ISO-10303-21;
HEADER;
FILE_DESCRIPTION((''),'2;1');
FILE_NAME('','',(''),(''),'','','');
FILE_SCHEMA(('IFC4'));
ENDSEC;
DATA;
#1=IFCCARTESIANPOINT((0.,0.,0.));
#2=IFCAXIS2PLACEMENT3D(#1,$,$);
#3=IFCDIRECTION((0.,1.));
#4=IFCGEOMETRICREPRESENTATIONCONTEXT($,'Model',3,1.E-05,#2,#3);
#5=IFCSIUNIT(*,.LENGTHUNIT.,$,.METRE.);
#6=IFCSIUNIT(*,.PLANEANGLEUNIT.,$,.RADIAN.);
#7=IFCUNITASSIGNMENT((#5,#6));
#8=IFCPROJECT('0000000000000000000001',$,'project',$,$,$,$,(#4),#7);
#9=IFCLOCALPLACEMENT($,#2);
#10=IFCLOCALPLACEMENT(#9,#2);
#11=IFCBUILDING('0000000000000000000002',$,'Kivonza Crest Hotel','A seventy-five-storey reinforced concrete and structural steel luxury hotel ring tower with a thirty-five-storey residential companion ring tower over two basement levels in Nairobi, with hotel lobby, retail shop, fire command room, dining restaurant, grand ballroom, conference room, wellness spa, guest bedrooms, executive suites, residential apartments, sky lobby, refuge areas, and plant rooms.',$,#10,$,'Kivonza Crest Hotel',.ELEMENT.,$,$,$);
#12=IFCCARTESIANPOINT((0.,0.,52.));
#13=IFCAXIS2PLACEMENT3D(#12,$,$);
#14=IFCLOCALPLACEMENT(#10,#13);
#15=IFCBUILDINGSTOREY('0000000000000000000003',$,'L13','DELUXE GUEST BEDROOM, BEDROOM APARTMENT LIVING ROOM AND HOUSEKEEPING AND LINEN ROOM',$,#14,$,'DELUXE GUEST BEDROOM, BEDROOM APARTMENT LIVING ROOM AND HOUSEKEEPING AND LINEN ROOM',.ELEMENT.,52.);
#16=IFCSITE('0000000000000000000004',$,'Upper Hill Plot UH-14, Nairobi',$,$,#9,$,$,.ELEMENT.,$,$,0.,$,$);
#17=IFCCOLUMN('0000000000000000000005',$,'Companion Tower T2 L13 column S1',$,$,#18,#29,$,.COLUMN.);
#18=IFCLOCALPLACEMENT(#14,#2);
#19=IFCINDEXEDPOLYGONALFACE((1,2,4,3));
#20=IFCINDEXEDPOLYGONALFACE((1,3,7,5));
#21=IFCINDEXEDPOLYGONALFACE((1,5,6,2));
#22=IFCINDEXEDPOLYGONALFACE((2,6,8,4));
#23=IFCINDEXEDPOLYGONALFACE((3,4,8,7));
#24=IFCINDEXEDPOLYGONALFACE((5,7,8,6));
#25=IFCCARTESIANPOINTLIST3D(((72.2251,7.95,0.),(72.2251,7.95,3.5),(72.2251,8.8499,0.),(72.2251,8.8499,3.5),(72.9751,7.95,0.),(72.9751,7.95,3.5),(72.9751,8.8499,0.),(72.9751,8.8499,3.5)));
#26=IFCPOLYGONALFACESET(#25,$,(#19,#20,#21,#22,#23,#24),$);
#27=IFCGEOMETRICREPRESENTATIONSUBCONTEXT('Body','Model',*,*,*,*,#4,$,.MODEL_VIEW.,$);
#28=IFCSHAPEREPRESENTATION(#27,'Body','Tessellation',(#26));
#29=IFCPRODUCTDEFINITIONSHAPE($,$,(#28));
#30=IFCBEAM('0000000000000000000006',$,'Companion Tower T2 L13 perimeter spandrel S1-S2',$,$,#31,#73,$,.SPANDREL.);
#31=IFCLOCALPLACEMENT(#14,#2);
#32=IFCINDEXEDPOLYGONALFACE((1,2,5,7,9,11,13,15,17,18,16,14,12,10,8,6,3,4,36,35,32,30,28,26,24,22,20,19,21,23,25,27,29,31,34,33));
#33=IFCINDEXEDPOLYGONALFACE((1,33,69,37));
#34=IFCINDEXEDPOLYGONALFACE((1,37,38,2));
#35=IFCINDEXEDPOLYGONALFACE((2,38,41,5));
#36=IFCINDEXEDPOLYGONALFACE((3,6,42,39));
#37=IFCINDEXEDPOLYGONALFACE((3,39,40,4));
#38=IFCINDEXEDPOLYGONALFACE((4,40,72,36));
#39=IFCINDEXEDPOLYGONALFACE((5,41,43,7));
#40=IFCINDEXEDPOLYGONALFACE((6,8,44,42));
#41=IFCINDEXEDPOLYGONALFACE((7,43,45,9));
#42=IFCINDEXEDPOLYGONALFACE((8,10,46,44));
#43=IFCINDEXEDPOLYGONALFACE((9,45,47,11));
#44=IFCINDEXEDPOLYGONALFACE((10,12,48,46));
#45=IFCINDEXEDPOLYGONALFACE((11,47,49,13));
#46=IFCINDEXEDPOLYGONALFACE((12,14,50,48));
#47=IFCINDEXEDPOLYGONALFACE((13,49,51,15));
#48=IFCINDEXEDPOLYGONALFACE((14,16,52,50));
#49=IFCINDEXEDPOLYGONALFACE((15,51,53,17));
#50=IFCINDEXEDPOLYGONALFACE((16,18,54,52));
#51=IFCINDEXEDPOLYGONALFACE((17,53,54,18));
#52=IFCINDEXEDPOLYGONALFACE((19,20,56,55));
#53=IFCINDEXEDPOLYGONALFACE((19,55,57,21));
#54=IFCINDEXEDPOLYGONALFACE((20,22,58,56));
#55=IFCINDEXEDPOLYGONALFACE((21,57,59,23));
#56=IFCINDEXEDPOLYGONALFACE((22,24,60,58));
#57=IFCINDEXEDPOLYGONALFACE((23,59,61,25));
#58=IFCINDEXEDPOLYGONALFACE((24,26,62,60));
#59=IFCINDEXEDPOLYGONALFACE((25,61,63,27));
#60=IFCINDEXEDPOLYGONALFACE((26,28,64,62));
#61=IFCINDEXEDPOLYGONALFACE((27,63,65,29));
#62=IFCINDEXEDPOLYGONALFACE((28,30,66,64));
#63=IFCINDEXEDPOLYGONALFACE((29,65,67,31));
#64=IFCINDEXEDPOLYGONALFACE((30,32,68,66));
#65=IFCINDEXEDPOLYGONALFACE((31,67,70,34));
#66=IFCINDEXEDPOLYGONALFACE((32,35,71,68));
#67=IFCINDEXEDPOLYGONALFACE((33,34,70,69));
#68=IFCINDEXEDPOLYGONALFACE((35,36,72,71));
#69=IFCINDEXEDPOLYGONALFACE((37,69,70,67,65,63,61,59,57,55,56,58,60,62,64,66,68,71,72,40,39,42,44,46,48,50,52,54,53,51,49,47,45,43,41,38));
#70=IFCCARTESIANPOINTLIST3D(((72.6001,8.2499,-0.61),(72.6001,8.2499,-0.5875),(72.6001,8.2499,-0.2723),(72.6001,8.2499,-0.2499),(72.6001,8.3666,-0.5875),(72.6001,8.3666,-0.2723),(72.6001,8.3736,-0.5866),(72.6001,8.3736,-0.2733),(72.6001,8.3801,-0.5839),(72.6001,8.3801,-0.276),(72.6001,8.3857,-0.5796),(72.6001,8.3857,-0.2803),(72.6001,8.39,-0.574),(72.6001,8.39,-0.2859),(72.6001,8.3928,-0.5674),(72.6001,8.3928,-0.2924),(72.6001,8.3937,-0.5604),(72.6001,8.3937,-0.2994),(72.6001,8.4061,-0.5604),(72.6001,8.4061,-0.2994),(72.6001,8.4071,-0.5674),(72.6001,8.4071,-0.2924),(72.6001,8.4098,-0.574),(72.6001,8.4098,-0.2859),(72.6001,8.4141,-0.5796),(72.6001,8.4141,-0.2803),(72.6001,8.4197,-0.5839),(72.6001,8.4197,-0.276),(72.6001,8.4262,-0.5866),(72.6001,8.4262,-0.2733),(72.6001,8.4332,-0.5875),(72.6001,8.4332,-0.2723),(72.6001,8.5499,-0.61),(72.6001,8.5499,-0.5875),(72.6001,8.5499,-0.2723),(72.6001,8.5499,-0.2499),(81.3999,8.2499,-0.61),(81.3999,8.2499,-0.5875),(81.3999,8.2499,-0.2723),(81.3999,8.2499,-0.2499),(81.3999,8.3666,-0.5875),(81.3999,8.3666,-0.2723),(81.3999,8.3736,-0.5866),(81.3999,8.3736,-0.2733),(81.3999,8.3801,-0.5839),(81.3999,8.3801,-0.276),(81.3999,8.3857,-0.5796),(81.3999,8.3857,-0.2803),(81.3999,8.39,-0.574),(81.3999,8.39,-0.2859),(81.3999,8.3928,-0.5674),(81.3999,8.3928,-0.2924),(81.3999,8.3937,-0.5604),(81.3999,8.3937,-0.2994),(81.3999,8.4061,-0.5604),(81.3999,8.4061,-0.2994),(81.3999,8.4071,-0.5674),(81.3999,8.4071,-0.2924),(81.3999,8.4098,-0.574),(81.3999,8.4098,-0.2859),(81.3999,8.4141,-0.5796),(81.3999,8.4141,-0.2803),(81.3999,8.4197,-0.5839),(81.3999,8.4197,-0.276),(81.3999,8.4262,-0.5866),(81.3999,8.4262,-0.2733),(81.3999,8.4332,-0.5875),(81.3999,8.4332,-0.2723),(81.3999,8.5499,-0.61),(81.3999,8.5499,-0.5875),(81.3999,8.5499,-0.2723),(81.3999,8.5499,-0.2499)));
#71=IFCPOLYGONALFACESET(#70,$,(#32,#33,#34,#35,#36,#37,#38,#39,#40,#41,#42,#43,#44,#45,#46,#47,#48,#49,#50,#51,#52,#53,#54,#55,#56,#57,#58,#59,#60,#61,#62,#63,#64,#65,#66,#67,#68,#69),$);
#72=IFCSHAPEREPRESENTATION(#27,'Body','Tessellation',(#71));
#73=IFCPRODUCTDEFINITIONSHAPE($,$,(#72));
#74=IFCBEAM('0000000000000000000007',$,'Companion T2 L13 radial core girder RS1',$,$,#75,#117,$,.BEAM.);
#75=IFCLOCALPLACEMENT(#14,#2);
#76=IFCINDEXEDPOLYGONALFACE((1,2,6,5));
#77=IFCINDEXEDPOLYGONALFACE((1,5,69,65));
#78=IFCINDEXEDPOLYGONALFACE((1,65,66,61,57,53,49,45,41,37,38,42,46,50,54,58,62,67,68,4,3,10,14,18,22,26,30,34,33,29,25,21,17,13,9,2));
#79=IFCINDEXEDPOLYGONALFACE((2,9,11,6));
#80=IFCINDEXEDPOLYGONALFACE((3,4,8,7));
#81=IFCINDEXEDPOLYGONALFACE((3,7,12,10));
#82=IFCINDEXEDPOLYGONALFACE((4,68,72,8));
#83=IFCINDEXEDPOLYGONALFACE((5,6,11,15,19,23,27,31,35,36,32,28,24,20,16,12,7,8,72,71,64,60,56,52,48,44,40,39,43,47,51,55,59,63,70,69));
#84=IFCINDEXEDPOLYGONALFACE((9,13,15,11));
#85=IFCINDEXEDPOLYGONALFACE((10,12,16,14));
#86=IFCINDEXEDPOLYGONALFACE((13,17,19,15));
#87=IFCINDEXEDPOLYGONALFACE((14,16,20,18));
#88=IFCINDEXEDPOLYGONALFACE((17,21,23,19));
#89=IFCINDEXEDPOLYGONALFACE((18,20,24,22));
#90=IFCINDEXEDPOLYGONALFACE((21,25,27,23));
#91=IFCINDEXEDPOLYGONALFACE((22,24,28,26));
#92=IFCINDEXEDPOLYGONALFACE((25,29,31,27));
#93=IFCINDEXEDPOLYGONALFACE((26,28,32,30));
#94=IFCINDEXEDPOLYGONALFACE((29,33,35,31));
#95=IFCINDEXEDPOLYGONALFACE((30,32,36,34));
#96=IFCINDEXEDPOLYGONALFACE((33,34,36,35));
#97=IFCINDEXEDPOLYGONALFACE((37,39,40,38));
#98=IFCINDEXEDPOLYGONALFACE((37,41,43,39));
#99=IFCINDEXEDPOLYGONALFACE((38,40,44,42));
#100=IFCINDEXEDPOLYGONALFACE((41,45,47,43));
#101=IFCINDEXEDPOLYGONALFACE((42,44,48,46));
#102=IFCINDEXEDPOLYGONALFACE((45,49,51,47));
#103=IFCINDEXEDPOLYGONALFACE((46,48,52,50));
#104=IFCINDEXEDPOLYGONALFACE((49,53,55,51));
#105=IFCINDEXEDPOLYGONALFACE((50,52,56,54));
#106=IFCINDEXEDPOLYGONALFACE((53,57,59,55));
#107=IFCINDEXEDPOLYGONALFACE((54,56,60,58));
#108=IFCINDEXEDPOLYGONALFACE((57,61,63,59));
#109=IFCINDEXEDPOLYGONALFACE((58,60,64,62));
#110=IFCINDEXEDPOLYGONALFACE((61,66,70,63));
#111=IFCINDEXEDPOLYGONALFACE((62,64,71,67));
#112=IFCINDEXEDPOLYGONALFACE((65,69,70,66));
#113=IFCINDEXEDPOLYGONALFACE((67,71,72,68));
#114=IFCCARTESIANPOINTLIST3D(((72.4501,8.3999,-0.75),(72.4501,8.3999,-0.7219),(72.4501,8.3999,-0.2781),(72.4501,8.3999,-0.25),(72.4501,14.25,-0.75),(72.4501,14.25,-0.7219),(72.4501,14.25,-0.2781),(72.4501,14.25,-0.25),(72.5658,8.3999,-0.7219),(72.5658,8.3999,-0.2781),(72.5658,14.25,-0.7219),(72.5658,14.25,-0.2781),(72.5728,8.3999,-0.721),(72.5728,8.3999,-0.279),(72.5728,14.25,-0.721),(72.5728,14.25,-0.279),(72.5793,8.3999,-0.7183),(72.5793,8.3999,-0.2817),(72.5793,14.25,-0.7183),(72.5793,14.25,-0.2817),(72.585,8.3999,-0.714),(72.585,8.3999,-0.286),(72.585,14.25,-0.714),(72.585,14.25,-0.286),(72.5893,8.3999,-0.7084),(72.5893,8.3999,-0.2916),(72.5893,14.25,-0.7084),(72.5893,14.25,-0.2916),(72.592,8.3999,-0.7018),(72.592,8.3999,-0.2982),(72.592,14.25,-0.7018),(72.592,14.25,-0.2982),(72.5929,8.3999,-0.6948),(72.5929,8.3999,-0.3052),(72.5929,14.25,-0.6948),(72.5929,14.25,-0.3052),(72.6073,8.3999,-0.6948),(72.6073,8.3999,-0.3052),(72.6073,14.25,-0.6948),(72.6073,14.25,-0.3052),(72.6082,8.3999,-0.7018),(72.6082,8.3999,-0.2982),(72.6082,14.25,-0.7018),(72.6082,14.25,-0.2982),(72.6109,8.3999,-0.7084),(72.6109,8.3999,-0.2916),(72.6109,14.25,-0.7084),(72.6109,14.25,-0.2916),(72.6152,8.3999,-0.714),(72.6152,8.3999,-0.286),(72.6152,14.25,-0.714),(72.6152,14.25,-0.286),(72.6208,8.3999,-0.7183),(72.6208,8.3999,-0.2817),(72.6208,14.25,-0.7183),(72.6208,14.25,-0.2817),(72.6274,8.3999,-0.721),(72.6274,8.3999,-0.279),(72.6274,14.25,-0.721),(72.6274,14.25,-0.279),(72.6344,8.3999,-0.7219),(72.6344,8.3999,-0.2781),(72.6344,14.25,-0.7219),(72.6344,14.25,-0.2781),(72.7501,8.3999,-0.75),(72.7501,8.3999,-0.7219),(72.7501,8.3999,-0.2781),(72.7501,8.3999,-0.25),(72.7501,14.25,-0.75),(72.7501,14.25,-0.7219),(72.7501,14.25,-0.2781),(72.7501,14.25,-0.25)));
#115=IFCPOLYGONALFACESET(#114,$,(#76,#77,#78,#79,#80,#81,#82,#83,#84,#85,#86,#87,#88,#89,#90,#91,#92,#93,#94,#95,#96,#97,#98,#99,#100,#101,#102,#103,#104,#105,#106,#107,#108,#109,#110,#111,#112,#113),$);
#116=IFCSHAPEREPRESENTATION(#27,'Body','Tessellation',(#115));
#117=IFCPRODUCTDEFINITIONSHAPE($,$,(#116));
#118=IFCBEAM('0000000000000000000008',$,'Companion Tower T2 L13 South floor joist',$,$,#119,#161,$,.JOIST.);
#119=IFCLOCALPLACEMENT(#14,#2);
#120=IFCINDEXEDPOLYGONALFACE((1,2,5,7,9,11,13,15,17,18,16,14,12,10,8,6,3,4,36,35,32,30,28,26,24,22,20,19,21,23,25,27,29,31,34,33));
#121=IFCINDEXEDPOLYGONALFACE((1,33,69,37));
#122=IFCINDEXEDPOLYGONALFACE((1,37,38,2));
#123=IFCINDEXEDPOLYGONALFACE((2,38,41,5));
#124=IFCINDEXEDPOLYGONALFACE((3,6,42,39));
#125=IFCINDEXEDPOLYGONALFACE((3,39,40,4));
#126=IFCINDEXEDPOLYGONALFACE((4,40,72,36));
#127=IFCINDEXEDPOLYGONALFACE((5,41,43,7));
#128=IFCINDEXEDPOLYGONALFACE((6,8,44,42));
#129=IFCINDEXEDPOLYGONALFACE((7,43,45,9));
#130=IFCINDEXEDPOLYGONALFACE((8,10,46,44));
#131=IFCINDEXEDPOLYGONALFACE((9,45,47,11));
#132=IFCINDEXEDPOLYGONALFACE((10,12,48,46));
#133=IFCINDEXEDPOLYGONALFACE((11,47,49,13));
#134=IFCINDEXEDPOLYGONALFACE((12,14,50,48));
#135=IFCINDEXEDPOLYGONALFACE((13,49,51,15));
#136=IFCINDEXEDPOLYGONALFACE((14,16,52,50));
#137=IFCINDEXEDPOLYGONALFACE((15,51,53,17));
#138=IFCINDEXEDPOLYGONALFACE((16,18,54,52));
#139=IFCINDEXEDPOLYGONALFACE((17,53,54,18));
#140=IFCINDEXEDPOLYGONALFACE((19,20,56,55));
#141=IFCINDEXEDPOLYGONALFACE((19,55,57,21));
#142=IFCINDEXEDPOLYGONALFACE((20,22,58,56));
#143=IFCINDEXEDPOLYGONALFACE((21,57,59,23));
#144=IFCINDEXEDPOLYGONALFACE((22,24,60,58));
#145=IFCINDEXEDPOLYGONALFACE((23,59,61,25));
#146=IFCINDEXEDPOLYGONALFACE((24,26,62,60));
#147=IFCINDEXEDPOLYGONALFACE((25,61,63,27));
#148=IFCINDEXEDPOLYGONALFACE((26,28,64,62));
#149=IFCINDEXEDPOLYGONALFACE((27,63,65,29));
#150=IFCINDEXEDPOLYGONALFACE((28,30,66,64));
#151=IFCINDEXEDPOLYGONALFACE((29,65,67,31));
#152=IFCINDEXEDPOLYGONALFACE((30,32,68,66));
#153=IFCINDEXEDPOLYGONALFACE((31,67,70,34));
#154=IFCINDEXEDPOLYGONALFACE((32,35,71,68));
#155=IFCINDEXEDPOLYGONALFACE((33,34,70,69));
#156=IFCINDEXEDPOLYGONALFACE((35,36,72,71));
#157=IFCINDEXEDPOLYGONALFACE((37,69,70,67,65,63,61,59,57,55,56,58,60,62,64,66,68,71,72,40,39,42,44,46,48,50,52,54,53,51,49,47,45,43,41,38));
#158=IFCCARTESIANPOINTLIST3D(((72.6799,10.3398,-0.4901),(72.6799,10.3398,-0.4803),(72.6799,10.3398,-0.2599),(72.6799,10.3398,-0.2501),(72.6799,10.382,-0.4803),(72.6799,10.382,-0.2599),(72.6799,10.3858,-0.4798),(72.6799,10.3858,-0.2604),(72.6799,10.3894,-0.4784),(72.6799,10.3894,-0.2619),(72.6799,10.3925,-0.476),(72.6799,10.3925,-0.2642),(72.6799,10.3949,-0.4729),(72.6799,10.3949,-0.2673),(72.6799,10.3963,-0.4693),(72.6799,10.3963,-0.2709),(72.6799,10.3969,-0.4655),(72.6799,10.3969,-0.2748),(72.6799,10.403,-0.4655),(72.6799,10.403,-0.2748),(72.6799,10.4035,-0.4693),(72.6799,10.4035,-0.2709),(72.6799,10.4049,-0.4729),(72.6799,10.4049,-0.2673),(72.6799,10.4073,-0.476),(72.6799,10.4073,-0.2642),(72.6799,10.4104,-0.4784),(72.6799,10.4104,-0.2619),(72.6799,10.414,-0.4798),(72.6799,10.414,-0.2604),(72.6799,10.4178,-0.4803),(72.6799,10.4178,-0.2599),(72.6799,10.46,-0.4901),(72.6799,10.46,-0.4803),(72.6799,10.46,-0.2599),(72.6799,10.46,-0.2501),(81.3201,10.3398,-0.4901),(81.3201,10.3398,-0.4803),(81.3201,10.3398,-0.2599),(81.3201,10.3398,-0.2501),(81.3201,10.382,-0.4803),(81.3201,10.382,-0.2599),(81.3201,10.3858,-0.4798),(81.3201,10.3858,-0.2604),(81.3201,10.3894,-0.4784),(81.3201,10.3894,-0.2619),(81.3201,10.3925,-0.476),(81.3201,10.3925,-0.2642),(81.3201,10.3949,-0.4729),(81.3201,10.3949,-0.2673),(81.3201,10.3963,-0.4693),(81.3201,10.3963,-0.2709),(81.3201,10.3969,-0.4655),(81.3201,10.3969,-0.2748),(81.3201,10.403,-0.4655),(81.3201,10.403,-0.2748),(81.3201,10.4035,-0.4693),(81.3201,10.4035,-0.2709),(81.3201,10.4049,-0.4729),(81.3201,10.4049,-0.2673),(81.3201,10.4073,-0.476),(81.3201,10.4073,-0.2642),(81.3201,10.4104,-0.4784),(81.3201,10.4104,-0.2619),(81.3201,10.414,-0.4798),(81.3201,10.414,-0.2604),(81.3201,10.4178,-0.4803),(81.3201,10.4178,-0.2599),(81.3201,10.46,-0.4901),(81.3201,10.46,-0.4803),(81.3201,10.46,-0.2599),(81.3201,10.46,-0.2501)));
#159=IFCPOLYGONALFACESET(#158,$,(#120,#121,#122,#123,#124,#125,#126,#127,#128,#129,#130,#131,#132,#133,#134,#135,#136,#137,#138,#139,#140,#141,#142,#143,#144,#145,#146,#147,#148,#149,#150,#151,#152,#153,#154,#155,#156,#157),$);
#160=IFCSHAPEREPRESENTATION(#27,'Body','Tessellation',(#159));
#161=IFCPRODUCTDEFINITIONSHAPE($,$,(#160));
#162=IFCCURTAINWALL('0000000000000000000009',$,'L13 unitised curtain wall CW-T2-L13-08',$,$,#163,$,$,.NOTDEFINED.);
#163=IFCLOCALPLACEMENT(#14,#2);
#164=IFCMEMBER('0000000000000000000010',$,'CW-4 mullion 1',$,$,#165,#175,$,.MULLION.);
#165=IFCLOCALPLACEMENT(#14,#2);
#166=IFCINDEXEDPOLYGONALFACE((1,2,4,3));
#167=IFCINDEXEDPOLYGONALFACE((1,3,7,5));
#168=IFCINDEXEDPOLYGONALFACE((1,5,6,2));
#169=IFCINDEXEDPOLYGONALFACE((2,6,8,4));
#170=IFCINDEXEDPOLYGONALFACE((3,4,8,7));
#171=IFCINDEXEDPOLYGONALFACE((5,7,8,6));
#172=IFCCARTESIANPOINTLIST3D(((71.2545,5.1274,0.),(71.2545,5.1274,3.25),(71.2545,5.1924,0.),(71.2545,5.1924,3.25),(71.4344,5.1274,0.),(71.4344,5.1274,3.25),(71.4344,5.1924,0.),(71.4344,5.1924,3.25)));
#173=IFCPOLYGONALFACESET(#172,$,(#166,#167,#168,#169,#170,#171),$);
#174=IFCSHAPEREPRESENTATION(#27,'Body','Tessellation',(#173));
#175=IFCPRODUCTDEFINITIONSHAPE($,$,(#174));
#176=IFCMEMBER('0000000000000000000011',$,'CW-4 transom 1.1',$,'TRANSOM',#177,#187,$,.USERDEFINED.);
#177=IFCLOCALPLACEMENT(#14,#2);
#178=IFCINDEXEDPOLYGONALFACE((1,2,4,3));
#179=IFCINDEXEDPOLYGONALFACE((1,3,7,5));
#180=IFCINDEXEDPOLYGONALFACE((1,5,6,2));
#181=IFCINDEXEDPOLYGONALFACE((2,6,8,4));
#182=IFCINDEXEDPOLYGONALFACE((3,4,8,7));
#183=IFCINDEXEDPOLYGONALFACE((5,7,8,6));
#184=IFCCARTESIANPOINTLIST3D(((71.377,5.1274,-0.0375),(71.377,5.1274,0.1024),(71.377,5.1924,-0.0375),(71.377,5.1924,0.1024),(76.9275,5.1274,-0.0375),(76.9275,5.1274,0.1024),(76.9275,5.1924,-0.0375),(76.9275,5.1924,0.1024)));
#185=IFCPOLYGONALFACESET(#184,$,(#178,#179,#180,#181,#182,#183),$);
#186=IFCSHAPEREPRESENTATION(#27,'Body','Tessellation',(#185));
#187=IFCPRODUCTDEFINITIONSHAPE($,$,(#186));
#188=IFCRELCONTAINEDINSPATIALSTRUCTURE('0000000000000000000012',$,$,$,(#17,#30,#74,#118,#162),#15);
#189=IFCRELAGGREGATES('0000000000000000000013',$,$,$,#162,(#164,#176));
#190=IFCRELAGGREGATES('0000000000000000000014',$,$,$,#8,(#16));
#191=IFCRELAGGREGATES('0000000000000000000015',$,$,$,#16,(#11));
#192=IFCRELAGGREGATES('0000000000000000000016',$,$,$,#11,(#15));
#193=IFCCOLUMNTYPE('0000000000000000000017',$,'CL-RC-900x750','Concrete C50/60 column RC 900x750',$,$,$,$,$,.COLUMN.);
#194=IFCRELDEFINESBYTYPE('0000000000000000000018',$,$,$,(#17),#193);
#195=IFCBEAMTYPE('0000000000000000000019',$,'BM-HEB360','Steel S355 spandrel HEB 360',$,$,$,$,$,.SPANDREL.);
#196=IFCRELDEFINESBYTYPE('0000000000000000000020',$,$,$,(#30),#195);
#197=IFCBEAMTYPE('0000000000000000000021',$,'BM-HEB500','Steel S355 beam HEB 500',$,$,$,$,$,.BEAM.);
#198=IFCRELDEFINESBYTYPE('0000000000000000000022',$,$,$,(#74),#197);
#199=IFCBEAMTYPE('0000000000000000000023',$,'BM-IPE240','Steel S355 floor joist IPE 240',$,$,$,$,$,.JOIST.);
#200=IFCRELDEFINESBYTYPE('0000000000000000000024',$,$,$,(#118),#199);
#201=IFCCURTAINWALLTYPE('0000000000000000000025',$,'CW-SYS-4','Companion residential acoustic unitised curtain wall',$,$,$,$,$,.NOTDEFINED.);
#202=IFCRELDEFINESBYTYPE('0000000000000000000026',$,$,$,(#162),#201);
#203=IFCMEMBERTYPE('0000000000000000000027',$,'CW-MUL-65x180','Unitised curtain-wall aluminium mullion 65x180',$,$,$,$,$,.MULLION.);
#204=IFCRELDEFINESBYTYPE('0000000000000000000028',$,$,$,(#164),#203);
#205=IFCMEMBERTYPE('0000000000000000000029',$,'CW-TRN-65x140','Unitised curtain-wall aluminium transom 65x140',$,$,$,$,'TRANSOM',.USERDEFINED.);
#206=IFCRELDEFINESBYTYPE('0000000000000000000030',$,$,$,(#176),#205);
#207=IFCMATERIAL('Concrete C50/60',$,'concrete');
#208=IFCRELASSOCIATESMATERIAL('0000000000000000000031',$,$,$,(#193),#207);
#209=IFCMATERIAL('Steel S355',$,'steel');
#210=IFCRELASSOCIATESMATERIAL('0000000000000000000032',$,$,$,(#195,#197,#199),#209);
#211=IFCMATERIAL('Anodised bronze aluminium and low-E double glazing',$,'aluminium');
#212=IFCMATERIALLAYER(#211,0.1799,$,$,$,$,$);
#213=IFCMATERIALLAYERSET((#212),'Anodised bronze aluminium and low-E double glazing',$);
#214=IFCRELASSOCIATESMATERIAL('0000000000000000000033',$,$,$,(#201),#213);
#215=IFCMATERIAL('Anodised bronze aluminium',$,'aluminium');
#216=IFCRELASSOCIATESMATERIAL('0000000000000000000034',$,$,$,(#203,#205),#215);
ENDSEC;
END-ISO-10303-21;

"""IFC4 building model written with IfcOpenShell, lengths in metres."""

from ifc_helpers import new_model, si_unit, direction, frame, origin, origin_2d, place, context, subcontext, project, spatial, rectangle, i_section, extrude, material, layer, layer_set, material_profile, profile_set, type_object, element, aggregate, save


model = new_model("IFC4")

# Units and contexts
model_context = context("Model", 3, precision=1e-05, world=origin(), true_north=direction((0.0, 1.0)))
body_context = subcontext(model_context, "Body", "Model", "MODEL_VIEW")
ifc_project = project(units=[si_unit("LENGTHUNIT", "METRE"), si_unit("PLANEANGLEUNIT", "RADIAN")], contexts=[model_context])

# Site, building, storey
site_placement = place(None, origin())
site = spatial("IfcSite", under=ifc_project, at=site_placement, Name="Upper Hill Plot UH-14, Nairobi", CompositionType="ELEMENT", RefElevation=0.0)
building_placement = place(site_placement, origin())
building = spatial("IfcBuilding", under=site, at=building_placement, Name="Kivonza Crest Hotel", Description="A seventy-five-storey reinforced concrete and structural steel luxury hotel ring tower with a thirty-five-storey residential companion ring tower over two basement levels in Nairobi, with hotel lobby, retail shop, fire command room, dining restaurant, grand ballroom, conference room, wellness spa, guest bedrooms, executive suites, residential apartments, sky lobby, refuge areas, and plant rooms.", LongName="Kivonza Crest Hotel", CompositionType="ELEMENT")
storey_placement = place(building_placement, frame((0.0, 0.0, 52.0)))
storey = spatial("IfcBuildingStorey", under=building, at=storey_placement, Name="L13", Description="DELUXE GUEST BEDROOM, BEDROOM APARTMENT LIVING ROOM AND HOUSEKEEPING AND LINEN ROOM", LongName="DELUXE GUEST BEDROOM, BEDROOM APARTMENT LIVING ROOM AND HOUSEKEEPING AND LINEN ROOM", CompositionType="ELEMENT", Elevation=52.0)

# Column
ifc_material_1 = material(Name="Concrete C50/60", Category="concrete")
ifc_material_profile_1 = material_profile(ifc_material_1, rectangle(XDim=0.75, YDim=0.8999, at=origin_2d()), Name="RC 900x750")
ifc_profile_set_1 = profile_set([ifc_material_profile_1], Name="Concrete C50/60")
column_type = type_object("IfcColumnType", Name="CL-RC-900x750", Description="Concrete C50/60 column RC 900x750", PredefinedType="COLUMN", material=ifc_profile_set_1)
column_placement = place(storey_placement, frame((72.6001, 8.3999, 0.0), z_axis=(0.0, 0.0, 1.0), x_axis=(1.0, 0.0, 0.0)))
element("IfcColumn", 1, at=column_placement, inside=storey, type_object=column_type, Name="Companion Tower T2 L13 column S1", PredefinedType="COLUMN", context=body_context, shape_type="SweptSolid", body=[
    extrude(rectangle(XDim=0.75, YDim=0.8999, at=origin_2d()), origin(), (0.0, 0.0, 1.0), 3.5),
])

# Beams
ifc_material_2 = material(Name="Steel S355", Category="steel")
ifc_material_profile_2 = material_profile(ifc_material_2, i_section(OverallWidth=0.3, OverallDepth=0.3601, WebThickness=0.0125, FlangeThickness=0.0225, FilletRadius=0.0271, at=origin_2d()), Name="HEB 360")
ifc_profile_set_2 = profile_set([ifc_material_profile_2], Name="Steel S355")
beam_type_1 = type_object("IfcBeamType", Name="BM-HEB360", Description="Steel S355 spandrel HEB 360", PredefinedType="SPANDREL", material=ifc_profile_set_2)
beam_1_placement = place(storey_placement, frame((72.6001, 8.3999, -0.4299), z_axis=(1.0, 0.0, 0.0), x_axis=(0.0, 1.0, 0.0)))
element("IfcBeam", 2, at=beam_1_placement, inside=storey, type_object=beam_type_1, Name="Companion Tower T2 L13 perimeter spandrel S1-S2", PredefinedType="SPANDREL", context=body_context, shape_type="SweptSolid", body=[
    extrude(i_section(OverallWidth=0.3, OverallDepth=0.3601, WebThickness=0.0125, FlangeThickness=0.0225, FilletRadius=0.0271, at=origin_2d()), origin(), (0.0, 0.0, 1.0), 8.7998),
])
ifc_material_profile_3 = material_profile(ifc_material_2, i_section(OverallWidth=0.3, OverallDepth=0.5, WebThickness=0.0144, FlangeThickness=0.0281, FilletRadius=0.0271, at=origin_2d()), Name="HEB 500")
ifc_profile_set_3 = profile_set([ifc_material_profile_3], Name="Steel S355")
beam_type_2 = type_object("IfcBeamType", Name="BM-HEB500", Description="Steel S355 beam HEB 500", PredefinedType="BEAM", material=ifc_profile_set_3)
beam_2_placement = place(storey_placement, frame((72.6001, 8.3999, -0.5), z_axis=(0.0, 1.0, 0.0), x_axis=(-1.0, 0.0, 0.0)))
element("IfcBeam", 3, at=beam_2_placement, inside=storey, type_object=beam_type_2, Name="Companion T2 L13 radial core girder RS1", PredefinedType="BEAM", context=body_context, shape_type="SweptSolid", body=[
    extrude(i_section(OverallWidth=0.3, OverallDepth=0.5, WebThickness=0.0144, FlangeThickness=0.0281, FilletRadius=0.0271, at=origin_2d()), origin(), (0.0, 0.0, 1.0), 5.8501),
])
ifc_material_profile_4 = material_profile(ifc_material_2, i_section(OverallWidth=0.1201, OverallDepth=0.24, WebThickness=0.0061, FlangeThickness=0.0098, FilletRadius=0.0149, at=origin_2d()), Name="IPE 240")
ifc_profile_set_4 = profile_set([ifc_material_profile_4], Name="Steel S355")
beam_type_3 = type_object("IfcBeamType", Name="BM-IPE240", Description="Steel S355 floor joist IPE 240", PredefinedType="JOIST", material=ifc_profile_set_4)
beam_3_placement = place(storey_placement, frame((72.6799, 10.3999, -0.3701), z_axis=(1.0, 0.0, 0.0), x_axis=(0.0, 1.0, 0.0)))
element("IfcBeam", 4, at=beam_3_placement, inside=storey, type_object=beam_type_3, Name="Companion Tower T2 L13 South floor joist", PredefinedType="JOIST", context=body_context, shape_type="SweptSolid", body=[
    extrude(i_section(OverallWidth=0.1201, OverallDepth=0.24, WebThickness=0.0061, FlangeThickness=0.0098, FilletRadius=0.0149, at=origin_2d()), origin(), (0.0, 0.0, 1.0), 8.6401),
])

# Curtain wall, members
ifc_material_3 = material(Name="Anodised bronze aluminium and low-E double glazing", Category="aluminium")
ifc_layer_1 = layer(ifc_material_3, 0.1799)
ifc_layer_set_1 = layer_set([ifc_layer_1], Name="Anodised bronze aluminium and low-E double glazing")
curtain_wall_type = type_object("IfcCurtainWallType", Name="CW-SYS-4", Description="Companion residential acoustic unitised curtain wall", PredefinedType="NOTDEFINED", material=ifc_layer_set_1)
curtain_wall_placement = place(storey_placement, origin())
curtain_wall = element("IfcCurtainWall", 5, at=curtain_wall_placement, inside=storey, type_object=curtain_wall_type, Name="L13 unitised curtain wall CW-T2-L13-08", PredefinedType="NOTDEFINED")
ifc_material_4 = material(Name="Anodised bronze aluminium", Category="aluminium")
ifc_material_profile_5 = material_profile(ifc_material_4, rectangle(XDim=0.0649, YDim=0.1799, at=origin_2d()), Name="CW-M 65x180")
ifc_profile_set_5 = profile_set([ifc_material_profile_5], Name="Anodised bronze aluminium")
member_type_1 = type_object("IfcMemberType", Name="CW-MUL-65x180", Description="Unitised curtain-wall aluminium mullion 65x180", PredefinedType="MULLION", material=ifc_profile_set_5)
member_1_placement = place(storey_placement, frame((71.3445, 5.1599, 0.0), z_axis=(0.0, 0.0, 1.0), x_axis=(0.0, 1.0, 0.0)))
member_1 = element("IfcMember", 6, at=member_1_placement, type_object=member_type_1, Name="CW-4 mullion 1", PredefinedType="MULLION", context=body_context, shape_type="SweptSolid", body=[
    extrude(rectangle(XDim=0.0649, YDim=0.1799, at=origin_2d()), origin(), (0.0, 0.0, 1.0), 3.25),
])
ifc_material_profile_6 = material_profile(ifc_material_4, rectangle(XDim=0.0649, YDim=0.1399, at=origin_2d()), Name="CW-T 65x140")
ifc_profile_set_6 = profile_set([ifc_material_profile_6], Name="Anodised bronze aluminium")
member_type_2 = type_object("IfcMemberType", Name="CW-TRN-65x140", Description="Unitised curtain-wall aluminium transom 65x140", ElementType="TRANSOM", PredefinedType="USERDEFINED", material=ifc_profile_set_6)
member_2_placement = place(storey_placement, frame((71.377, 5.1599, 0.0325), z_axis=(1.0, 0.0, 0.0), x_axis=(0.0, 1.0, 0.0)))
member_2 = element("IfcMember", 7, at=member_2_placement, type_object=member_type_2, Name="CW-4 transom 1.1", ObjectType="TRANSOM", PredefinedType="USERDEFINED", context=body_context, shape_type="SweptSolid", body=[
    extrude(rectangle(XDim=0.0649, YDim=0.1399, at=origin_2d()), origin(), (0.0, 0.0, 1.0), 5.5505),
])
aggregate(curtain_wall, [member_1, member_2])

save(model, "model.ifc")
